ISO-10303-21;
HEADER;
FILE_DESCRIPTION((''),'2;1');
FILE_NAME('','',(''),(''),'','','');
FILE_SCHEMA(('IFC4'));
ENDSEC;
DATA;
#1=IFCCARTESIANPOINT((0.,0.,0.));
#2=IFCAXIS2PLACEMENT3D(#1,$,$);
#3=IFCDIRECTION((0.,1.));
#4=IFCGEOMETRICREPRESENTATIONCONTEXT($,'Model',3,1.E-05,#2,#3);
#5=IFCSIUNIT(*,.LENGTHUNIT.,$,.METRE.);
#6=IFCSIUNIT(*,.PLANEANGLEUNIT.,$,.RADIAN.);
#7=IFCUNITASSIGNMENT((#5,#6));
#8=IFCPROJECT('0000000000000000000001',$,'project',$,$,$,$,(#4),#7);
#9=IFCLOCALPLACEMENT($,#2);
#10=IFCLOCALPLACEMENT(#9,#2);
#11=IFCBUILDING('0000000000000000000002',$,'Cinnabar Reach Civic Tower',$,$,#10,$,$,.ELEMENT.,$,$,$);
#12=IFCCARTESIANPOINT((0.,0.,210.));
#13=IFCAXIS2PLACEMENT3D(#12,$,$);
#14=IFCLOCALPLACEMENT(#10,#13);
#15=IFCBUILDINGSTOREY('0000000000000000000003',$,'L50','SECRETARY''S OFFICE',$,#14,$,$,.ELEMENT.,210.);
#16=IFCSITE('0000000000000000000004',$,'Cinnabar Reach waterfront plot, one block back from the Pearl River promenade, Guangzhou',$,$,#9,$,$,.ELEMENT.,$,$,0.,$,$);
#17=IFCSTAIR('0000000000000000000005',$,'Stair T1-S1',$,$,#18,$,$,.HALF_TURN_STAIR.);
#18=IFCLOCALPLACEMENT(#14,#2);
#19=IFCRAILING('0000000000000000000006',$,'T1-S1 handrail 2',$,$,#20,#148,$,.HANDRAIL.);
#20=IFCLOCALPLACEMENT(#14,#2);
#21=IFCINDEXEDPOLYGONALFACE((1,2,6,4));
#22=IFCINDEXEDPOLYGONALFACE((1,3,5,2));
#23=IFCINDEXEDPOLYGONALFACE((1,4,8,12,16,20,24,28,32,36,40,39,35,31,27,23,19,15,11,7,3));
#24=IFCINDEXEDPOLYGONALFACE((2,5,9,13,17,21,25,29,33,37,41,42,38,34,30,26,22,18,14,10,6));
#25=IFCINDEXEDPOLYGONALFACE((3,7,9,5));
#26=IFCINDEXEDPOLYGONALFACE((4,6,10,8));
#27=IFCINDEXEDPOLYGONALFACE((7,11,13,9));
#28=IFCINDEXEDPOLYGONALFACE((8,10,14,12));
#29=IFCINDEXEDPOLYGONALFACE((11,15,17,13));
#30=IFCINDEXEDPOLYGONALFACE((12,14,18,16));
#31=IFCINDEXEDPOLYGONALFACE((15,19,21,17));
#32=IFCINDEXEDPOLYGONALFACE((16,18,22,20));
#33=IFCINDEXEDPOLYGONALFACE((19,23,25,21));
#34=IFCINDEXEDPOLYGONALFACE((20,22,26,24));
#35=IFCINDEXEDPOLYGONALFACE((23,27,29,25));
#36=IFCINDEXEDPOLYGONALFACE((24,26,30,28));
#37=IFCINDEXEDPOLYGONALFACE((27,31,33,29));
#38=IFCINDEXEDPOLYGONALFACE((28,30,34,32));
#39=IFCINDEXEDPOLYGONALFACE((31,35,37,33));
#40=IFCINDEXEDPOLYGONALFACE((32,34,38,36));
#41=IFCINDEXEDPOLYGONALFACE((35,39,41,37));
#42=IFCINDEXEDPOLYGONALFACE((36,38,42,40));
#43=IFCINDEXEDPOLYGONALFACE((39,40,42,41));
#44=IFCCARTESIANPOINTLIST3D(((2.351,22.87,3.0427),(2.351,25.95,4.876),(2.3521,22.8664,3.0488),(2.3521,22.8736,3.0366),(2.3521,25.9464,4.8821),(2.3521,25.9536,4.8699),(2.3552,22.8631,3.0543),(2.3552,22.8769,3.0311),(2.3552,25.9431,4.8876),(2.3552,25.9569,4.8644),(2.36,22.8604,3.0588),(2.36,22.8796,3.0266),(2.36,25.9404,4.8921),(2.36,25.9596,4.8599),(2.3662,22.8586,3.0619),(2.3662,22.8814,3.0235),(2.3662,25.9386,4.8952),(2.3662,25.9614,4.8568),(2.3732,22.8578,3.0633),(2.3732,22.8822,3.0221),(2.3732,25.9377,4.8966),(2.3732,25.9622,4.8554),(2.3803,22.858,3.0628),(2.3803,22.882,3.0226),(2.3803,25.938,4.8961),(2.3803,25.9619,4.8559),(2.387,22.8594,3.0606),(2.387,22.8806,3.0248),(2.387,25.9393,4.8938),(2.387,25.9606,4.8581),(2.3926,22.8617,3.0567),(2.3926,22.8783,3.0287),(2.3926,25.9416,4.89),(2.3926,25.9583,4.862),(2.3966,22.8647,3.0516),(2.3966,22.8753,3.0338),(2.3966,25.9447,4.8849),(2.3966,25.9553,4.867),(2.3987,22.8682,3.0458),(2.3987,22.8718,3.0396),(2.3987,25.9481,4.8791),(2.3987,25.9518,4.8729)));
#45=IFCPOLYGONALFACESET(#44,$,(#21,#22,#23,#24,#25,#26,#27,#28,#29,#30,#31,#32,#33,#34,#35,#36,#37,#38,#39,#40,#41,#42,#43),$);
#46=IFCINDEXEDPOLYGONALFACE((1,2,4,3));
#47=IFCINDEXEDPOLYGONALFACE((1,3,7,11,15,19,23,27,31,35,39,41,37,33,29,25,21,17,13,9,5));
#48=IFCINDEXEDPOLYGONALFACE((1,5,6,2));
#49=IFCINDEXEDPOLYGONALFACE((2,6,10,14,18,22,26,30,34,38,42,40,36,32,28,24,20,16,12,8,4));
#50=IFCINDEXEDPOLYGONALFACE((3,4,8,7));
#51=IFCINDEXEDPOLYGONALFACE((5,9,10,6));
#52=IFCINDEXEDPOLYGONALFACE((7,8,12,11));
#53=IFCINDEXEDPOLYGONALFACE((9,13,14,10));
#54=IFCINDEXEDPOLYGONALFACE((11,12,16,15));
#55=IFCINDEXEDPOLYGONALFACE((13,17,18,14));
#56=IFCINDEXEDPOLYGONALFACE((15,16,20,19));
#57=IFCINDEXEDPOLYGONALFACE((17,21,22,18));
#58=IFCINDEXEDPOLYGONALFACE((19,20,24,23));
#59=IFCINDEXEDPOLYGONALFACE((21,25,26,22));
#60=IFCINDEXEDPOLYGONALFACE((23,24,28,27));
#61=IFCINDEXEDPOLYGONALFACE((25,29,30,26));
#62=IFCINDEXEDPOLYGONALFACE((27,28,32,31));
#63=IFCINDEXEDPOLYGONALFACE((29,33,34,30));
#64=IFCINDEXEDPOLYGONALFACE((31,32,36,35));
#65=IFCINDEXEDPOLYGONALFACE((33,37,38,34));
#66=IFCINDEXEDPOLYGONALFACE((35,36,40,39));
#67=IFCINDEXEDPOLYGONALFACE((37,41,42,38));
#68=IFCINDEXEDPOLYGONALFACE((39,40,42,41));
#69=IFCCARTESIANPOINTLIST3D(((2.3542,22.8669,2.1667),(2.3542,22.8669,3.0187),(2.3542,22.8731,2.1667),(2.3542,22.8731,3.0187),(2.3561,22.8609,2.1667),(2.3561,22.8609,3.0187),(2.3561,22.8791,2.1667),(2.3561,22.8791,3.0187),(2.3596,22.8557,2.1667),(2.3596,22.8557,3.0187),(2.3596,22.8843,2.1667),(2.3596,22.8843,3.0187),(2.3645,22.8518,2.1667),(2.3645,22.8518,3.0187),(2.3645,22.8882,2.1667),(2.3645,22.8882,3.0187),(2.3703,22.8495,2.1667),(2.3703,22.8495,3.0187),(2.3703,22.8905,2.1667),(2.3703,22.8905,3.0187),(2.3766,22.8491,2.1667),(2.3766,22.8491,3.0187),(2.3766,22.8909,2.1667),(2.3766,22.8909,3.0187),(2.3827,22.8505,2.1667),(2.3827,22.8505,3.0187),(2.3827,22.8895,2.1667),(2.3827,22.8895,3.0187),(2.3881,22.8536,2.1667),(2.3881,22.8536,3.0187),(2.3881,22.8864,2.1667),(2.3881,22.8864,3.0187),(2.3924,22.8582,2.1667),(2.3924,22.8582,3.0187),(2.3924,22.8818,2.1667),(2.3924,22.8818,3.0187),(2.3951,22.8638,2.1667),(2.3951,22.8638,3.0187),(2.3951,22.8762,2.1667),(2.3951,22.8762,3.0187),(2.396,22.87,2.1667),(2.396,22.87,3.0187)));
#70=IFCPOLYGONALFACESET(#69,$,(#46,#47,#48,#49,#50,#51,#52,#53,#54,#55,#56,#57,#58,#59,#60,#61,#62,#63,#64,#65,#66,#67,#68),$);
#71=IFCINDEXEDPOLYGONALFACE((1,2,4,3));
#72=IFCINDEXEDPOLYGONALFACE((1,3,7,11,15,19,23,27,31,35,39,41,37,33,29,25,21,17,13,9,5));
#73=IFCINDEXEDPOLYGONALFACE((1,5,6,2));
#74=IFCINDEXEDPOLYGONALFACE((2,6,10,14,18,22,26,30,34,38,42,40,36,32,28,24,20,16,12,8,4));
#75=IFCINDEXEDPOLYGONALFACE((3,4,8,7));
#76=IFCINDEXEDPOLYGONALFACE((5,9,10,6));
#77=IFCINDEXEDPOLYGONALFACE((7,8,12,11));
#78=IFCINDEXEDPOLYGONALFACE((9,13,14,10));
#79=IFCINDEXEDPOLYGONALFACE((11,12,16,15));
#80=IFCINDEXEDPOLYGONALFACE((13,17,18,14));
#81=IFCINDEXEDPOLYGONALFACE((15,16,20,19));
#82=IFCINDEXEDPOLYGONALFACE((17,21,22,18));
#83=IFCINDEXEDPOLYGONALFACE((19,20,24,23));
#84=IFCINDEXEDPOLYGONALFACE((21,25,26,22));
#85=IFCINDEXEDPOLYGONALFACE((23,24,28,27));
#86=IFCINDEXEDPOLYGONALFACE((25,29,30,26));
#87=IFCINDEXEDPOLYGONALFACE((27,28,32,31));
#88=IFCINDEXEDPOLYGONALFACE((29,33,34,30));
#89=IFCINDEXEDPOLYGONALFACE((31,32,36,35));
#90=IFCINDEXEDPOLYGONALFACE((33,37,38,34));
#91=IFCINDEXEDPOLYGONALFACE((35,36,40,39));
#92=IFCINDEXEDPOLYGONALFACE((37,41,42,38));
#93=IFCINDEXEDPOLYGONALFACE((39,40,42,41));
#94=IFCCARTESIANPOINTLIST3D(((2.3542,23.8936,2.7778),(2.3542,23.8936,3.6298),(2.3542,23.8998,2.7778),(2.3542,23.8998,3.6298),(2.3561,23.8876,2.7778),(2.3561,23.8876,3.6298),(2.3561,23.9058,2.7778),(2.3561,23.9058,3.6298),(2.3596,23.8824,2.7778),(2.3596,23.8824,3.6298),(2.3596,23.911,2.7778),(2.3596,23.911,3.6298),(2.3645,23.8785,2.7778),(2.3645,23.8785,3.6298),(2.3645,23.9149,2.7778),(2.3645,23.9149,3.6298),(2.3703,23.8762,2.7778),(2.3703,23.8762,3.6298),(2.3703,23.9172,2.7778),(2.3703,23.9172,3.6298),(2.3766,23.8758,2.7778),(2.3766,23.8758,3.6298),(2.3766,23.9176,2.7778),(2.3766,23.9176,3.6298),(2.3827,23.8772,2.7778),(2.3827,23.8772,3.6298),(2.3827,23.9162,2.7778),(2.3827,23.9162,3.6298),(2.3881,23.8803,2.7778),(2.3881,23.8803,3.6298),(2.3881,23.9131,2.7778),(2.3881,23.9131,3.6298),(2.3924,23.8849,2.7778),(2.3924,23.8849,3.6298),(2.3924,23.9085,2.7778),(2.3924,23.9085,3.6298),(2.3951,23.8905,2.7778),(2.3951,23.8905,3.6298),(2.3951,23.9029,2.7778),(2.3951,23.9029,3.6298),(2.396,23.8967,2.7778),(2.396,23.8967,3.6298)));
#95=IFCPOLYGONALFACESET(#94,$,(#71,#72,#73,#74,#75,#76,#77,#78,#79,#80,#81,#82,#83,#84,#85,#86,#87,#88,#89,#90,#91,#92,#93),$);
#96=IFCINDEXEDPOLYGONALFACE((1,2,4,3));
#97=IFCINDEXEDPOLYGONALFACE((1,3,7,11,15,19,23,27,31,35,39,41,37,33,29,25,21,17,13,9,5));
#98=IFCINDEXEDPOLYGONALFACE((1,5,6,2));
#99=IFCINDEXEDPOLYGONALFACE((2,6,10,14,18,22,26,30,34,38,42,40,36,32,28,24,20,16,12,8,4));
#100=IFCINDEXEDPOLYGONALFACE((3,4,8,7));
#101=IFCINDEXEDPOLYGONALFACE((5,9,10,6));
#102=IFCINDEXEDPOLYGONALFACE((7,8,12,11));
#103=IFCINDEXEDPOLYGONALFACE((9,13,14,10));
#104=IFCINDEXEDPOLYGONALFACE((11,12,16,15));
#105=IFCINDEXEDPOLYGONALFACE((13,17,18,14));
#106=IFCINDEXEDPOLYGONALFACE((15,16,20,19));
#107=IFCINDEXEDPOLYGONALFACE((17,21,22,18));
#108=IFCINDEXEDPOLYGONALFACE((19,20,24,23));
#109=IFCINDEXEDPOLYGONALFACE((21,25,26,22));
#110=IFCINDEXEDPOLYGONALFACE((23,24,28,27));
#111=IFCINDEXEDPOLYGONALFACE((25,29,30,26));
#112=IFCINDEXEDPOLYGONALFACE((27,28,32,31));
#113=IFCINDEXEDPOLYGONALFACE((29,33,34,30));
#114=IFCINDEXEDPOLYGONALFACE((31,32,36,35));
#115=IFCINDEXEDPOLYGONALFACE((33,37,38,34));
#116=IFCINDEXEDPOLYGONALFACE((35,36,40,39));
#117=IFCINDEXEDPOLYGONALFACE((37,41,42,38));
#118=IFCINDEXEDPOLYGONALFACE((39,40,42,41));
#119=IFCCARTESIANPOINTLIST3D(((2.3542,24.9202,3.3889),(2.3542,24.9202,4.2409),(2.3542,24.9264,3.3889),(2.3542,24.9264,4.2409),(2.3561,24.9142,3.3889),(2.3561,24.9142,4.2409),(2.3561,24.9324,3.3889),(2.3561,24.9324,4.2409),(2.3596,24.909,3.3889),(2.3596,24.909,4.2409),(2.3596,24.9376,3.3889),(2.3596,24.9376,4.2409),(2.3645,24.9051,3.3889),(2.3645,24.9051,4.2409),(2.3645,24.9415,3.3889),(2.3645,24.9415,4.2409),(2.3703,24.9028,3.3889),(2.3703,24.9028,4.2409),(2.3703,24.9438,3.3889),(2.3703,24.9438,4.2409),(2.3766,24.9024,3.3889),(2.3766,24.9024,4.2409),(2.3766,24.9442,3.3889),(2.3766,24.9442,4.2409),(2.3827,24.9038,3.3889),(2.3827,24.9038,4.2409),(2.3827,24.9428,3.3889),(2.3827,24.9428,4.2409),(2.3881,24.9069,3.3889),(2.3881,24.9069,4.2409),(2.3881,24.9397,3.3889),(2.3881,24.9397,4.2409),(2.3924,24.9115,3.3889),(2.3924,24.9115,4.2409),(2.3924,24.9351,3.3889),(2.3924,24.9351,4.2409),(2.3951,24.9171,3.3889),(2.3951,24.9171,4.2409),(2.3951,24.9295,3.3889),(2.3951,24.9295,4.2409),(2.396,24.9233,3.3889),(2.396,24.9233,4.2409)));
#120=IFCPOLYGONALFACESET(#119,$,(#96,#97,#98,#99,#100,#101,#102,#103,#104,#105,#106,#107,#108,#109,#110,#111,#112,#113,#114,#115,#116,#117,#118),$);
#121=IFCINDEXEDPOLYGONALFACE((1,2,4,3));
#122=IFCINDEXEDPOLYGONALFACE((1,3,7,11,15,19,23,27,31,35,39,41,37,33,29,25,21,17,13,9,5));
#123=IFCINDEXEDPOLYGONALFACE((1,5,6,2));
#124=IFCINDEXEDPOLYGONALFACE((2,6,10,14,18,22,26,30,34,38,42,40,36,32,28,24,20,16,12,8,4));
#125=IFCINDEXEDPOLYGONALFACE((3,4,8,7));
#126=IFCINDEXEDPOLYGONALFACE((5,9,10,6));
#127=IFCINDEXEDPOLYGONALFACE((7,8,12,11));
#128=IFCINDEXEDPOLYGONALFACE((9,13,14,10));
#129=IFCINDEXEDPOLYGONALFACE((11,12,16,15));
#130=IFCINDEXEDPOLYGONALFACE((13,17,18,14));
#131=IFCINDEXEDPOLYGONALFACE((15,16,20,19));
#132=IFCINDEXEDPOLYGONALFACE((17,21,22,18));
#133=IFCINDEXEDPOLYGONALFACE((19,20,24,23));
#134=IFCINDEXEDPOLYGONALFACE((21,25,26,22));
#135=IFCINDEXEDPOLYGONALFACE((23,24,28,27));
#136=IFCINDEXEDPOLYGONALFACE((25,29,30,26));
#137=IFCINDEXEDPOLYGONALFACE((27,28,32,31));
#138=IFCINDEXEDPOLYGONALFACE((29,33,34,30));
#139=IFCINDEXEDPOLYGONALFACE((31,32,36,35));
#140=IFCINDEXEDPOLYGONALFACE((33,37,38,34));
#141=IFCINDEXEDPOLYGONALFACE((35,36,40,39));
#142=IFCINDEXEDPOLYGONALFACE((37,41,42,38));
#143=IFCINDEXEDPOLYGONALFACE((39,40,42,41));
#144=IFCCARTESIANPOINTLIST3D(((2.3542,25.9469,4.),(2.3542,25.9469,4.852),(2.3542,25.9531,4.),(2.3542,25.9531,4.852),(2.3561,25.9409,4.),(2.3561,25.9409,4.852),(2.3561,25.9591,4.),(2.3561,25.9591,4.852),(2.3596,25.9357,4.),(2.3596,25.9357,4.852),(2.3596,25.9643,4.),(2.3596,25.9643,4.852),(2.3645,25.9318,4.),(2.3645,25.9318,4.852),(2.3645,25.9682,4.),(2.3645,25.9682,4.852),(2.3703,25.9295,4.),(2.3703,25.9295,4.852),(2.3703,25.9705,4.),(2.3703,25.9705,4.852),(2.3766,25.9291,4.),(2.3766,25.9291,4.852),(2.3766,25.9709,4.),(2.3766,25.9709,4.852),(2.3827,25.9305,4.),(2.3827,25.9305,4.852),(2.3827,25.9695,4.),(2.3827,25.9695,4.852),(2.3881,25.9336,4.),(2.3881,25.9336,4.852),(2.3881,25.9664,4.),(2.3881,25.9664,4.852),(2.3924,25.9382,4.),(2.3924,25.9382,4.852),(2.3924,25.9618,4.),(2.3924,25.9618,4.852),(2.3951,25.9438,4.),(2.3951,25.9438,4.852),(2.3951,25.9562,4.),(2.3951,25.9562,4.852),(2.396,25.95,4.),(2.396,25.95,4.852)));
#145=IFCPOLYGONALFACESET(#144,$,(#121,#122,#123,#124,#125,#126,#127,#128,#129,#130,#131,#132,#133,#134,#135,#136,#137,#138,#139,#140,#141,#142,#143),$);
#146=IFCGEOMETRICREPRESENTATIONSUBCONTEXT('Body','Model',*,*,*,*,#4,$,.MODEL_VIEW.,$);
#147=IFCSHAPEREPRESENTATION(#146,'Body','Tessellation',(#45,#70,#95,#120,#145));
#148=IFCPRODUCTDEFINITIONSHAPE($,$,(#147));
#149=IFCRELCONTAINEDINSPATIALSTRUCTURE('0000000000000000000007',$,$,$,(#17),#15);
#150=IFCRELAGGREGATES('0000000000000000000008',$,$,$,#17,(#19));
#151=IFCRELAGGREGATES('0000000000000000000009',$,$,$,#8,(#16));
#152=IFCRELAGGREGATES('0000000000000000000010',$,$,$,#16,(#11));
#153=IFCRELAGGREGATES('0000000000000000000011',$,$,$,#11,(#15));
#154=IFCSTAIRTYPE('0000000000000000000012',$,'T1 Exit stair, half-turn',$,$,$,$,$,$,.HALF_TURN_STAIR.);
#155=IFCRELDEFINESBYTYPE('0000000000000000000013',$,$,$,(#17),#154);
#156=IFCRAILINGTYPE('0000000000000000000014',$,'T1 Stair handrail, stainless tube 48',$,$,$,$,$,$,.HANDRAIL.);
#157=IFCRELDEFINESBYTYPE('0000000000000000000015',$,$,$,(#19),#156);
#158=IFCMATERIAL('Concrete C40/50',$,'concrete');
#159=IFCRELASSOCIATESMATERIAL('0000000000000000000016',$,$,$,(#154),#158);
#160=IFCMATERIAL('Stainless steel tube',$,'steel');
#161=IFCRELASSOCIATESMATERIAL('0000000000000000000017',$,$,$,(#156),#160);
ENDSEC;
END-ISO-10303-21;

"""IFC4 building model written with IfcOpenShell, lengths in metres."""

from ifc_helpers import new_model, si_unit, direction, frame, origin, origin_2d, place, context, subcontext, project, spatial, circle, extrude, material, type_object, element, aggregate, save


model = new_model("IFC4")

# Units and contexts
model_context = context("Model", 3, precision=1e-05, world=origin(), true_north=direction((0.0, 1.0)))
body_context = subcontext(model_context, "Body", "Model", "MODEL_VIEW")
ifc_project = project(units=[si_unit("LENGTHUNIT", "METRE"), si_unit("PLANEANGLEUNIT", "RADIAN")], contexts=[model_context])

# Site, building, storey
site_placement = place(None, origin())
site = spatial("IfcSite", under=ifc_project, at=site_placement, Name="Cinnabar Reach waterfront plot, one block back from the Pearl River promenade, Guangzhou", CompositionType="ELEMENT", RefElevation=0.0)
building_placement = place(site_placement, origin())
building = spatial("IfcBuilding", under=site, at=building_placement, Name="Cinnabar Reach Civic Tower", CompositionType="ELEMENT")
storey_placement = place(building_placement, frame((0.0, 0.0, 210.0)))
storey = spatial("IfcBuildingStorey", under=building, at=storey_placement, Name="L50", Description="SECRETARY'S OFFICE", CompositionType="ELEMENT", Elevation=210.0)

# Shared definitions
ifc_material_1 = material(Name="Concrete C40/50", Category="concrete")

# Stair, railing
stair_type = type_object("IfcStairType", Name="T1 Exit stair, half-turn", PredefinedType="HALF_TURN_STAIR", material=ifc_material_1)
stair_placement = place(storey_placement, origin())
stair = element("IfcStair", 1, at=stair_placement, inside=storey, type_object=stair_type, Name="Stair T1-S1", PredefinedType="HALF_TURN_STAIR")
ifc_material_2 = material(Name="Stainless steel tube", Category="steel")
railing_type = type_object("IfcRailingType", Name="T1 Stair handrail, stainless tube 48", PredefinedType="HANDRAIL", material=ifc_material_2)
railing_1_placement = place(storey_placement, frame((2.375, 22.87, 2.1667)))
railing_1 = element("IfcRailing", 2, at=railing_1_placement, type_object=railing_type, Name="T1-S1 handrail 2", PredefinedType="HANDRAIL", context=body_context, shape_type="SweptSolid", body=[
    extrude(circle(Radius=0.024, at=origin_2d()), frame((0.0, 0.0, 0.876), z_axis=(0.0, 0.859297, 0.511477), x_axis=(-1.0, 0.0, 0.0)), (0.0, 0.0, 1.0), 3.5843),
    extrude(circle(Radius=0.021, at=origin_2d()), origin(), (0.0, 0.0, 1.0), 0.852),
    extrude(circle(Radius=0.021, at=origin_2d()), frame((0.0, 1.0267, 0.6111)), (0.0, 0.0, 1.0), 0.852),
    extrude(circle(Radius=0.021, at=origin_2d()), frame((0.0, 2.0533, 1.2222)), (0.0, 0.0, 1.0), 0.852),
    extrude(circle(Radius=0.021, at=origin_2d()), frame((0.0, 3.08, 1.8333)), (0.0, 0.0, 1.0), 0.852),
])
aggregate(stair, [railing_1])

save(model, "model.ifc")
